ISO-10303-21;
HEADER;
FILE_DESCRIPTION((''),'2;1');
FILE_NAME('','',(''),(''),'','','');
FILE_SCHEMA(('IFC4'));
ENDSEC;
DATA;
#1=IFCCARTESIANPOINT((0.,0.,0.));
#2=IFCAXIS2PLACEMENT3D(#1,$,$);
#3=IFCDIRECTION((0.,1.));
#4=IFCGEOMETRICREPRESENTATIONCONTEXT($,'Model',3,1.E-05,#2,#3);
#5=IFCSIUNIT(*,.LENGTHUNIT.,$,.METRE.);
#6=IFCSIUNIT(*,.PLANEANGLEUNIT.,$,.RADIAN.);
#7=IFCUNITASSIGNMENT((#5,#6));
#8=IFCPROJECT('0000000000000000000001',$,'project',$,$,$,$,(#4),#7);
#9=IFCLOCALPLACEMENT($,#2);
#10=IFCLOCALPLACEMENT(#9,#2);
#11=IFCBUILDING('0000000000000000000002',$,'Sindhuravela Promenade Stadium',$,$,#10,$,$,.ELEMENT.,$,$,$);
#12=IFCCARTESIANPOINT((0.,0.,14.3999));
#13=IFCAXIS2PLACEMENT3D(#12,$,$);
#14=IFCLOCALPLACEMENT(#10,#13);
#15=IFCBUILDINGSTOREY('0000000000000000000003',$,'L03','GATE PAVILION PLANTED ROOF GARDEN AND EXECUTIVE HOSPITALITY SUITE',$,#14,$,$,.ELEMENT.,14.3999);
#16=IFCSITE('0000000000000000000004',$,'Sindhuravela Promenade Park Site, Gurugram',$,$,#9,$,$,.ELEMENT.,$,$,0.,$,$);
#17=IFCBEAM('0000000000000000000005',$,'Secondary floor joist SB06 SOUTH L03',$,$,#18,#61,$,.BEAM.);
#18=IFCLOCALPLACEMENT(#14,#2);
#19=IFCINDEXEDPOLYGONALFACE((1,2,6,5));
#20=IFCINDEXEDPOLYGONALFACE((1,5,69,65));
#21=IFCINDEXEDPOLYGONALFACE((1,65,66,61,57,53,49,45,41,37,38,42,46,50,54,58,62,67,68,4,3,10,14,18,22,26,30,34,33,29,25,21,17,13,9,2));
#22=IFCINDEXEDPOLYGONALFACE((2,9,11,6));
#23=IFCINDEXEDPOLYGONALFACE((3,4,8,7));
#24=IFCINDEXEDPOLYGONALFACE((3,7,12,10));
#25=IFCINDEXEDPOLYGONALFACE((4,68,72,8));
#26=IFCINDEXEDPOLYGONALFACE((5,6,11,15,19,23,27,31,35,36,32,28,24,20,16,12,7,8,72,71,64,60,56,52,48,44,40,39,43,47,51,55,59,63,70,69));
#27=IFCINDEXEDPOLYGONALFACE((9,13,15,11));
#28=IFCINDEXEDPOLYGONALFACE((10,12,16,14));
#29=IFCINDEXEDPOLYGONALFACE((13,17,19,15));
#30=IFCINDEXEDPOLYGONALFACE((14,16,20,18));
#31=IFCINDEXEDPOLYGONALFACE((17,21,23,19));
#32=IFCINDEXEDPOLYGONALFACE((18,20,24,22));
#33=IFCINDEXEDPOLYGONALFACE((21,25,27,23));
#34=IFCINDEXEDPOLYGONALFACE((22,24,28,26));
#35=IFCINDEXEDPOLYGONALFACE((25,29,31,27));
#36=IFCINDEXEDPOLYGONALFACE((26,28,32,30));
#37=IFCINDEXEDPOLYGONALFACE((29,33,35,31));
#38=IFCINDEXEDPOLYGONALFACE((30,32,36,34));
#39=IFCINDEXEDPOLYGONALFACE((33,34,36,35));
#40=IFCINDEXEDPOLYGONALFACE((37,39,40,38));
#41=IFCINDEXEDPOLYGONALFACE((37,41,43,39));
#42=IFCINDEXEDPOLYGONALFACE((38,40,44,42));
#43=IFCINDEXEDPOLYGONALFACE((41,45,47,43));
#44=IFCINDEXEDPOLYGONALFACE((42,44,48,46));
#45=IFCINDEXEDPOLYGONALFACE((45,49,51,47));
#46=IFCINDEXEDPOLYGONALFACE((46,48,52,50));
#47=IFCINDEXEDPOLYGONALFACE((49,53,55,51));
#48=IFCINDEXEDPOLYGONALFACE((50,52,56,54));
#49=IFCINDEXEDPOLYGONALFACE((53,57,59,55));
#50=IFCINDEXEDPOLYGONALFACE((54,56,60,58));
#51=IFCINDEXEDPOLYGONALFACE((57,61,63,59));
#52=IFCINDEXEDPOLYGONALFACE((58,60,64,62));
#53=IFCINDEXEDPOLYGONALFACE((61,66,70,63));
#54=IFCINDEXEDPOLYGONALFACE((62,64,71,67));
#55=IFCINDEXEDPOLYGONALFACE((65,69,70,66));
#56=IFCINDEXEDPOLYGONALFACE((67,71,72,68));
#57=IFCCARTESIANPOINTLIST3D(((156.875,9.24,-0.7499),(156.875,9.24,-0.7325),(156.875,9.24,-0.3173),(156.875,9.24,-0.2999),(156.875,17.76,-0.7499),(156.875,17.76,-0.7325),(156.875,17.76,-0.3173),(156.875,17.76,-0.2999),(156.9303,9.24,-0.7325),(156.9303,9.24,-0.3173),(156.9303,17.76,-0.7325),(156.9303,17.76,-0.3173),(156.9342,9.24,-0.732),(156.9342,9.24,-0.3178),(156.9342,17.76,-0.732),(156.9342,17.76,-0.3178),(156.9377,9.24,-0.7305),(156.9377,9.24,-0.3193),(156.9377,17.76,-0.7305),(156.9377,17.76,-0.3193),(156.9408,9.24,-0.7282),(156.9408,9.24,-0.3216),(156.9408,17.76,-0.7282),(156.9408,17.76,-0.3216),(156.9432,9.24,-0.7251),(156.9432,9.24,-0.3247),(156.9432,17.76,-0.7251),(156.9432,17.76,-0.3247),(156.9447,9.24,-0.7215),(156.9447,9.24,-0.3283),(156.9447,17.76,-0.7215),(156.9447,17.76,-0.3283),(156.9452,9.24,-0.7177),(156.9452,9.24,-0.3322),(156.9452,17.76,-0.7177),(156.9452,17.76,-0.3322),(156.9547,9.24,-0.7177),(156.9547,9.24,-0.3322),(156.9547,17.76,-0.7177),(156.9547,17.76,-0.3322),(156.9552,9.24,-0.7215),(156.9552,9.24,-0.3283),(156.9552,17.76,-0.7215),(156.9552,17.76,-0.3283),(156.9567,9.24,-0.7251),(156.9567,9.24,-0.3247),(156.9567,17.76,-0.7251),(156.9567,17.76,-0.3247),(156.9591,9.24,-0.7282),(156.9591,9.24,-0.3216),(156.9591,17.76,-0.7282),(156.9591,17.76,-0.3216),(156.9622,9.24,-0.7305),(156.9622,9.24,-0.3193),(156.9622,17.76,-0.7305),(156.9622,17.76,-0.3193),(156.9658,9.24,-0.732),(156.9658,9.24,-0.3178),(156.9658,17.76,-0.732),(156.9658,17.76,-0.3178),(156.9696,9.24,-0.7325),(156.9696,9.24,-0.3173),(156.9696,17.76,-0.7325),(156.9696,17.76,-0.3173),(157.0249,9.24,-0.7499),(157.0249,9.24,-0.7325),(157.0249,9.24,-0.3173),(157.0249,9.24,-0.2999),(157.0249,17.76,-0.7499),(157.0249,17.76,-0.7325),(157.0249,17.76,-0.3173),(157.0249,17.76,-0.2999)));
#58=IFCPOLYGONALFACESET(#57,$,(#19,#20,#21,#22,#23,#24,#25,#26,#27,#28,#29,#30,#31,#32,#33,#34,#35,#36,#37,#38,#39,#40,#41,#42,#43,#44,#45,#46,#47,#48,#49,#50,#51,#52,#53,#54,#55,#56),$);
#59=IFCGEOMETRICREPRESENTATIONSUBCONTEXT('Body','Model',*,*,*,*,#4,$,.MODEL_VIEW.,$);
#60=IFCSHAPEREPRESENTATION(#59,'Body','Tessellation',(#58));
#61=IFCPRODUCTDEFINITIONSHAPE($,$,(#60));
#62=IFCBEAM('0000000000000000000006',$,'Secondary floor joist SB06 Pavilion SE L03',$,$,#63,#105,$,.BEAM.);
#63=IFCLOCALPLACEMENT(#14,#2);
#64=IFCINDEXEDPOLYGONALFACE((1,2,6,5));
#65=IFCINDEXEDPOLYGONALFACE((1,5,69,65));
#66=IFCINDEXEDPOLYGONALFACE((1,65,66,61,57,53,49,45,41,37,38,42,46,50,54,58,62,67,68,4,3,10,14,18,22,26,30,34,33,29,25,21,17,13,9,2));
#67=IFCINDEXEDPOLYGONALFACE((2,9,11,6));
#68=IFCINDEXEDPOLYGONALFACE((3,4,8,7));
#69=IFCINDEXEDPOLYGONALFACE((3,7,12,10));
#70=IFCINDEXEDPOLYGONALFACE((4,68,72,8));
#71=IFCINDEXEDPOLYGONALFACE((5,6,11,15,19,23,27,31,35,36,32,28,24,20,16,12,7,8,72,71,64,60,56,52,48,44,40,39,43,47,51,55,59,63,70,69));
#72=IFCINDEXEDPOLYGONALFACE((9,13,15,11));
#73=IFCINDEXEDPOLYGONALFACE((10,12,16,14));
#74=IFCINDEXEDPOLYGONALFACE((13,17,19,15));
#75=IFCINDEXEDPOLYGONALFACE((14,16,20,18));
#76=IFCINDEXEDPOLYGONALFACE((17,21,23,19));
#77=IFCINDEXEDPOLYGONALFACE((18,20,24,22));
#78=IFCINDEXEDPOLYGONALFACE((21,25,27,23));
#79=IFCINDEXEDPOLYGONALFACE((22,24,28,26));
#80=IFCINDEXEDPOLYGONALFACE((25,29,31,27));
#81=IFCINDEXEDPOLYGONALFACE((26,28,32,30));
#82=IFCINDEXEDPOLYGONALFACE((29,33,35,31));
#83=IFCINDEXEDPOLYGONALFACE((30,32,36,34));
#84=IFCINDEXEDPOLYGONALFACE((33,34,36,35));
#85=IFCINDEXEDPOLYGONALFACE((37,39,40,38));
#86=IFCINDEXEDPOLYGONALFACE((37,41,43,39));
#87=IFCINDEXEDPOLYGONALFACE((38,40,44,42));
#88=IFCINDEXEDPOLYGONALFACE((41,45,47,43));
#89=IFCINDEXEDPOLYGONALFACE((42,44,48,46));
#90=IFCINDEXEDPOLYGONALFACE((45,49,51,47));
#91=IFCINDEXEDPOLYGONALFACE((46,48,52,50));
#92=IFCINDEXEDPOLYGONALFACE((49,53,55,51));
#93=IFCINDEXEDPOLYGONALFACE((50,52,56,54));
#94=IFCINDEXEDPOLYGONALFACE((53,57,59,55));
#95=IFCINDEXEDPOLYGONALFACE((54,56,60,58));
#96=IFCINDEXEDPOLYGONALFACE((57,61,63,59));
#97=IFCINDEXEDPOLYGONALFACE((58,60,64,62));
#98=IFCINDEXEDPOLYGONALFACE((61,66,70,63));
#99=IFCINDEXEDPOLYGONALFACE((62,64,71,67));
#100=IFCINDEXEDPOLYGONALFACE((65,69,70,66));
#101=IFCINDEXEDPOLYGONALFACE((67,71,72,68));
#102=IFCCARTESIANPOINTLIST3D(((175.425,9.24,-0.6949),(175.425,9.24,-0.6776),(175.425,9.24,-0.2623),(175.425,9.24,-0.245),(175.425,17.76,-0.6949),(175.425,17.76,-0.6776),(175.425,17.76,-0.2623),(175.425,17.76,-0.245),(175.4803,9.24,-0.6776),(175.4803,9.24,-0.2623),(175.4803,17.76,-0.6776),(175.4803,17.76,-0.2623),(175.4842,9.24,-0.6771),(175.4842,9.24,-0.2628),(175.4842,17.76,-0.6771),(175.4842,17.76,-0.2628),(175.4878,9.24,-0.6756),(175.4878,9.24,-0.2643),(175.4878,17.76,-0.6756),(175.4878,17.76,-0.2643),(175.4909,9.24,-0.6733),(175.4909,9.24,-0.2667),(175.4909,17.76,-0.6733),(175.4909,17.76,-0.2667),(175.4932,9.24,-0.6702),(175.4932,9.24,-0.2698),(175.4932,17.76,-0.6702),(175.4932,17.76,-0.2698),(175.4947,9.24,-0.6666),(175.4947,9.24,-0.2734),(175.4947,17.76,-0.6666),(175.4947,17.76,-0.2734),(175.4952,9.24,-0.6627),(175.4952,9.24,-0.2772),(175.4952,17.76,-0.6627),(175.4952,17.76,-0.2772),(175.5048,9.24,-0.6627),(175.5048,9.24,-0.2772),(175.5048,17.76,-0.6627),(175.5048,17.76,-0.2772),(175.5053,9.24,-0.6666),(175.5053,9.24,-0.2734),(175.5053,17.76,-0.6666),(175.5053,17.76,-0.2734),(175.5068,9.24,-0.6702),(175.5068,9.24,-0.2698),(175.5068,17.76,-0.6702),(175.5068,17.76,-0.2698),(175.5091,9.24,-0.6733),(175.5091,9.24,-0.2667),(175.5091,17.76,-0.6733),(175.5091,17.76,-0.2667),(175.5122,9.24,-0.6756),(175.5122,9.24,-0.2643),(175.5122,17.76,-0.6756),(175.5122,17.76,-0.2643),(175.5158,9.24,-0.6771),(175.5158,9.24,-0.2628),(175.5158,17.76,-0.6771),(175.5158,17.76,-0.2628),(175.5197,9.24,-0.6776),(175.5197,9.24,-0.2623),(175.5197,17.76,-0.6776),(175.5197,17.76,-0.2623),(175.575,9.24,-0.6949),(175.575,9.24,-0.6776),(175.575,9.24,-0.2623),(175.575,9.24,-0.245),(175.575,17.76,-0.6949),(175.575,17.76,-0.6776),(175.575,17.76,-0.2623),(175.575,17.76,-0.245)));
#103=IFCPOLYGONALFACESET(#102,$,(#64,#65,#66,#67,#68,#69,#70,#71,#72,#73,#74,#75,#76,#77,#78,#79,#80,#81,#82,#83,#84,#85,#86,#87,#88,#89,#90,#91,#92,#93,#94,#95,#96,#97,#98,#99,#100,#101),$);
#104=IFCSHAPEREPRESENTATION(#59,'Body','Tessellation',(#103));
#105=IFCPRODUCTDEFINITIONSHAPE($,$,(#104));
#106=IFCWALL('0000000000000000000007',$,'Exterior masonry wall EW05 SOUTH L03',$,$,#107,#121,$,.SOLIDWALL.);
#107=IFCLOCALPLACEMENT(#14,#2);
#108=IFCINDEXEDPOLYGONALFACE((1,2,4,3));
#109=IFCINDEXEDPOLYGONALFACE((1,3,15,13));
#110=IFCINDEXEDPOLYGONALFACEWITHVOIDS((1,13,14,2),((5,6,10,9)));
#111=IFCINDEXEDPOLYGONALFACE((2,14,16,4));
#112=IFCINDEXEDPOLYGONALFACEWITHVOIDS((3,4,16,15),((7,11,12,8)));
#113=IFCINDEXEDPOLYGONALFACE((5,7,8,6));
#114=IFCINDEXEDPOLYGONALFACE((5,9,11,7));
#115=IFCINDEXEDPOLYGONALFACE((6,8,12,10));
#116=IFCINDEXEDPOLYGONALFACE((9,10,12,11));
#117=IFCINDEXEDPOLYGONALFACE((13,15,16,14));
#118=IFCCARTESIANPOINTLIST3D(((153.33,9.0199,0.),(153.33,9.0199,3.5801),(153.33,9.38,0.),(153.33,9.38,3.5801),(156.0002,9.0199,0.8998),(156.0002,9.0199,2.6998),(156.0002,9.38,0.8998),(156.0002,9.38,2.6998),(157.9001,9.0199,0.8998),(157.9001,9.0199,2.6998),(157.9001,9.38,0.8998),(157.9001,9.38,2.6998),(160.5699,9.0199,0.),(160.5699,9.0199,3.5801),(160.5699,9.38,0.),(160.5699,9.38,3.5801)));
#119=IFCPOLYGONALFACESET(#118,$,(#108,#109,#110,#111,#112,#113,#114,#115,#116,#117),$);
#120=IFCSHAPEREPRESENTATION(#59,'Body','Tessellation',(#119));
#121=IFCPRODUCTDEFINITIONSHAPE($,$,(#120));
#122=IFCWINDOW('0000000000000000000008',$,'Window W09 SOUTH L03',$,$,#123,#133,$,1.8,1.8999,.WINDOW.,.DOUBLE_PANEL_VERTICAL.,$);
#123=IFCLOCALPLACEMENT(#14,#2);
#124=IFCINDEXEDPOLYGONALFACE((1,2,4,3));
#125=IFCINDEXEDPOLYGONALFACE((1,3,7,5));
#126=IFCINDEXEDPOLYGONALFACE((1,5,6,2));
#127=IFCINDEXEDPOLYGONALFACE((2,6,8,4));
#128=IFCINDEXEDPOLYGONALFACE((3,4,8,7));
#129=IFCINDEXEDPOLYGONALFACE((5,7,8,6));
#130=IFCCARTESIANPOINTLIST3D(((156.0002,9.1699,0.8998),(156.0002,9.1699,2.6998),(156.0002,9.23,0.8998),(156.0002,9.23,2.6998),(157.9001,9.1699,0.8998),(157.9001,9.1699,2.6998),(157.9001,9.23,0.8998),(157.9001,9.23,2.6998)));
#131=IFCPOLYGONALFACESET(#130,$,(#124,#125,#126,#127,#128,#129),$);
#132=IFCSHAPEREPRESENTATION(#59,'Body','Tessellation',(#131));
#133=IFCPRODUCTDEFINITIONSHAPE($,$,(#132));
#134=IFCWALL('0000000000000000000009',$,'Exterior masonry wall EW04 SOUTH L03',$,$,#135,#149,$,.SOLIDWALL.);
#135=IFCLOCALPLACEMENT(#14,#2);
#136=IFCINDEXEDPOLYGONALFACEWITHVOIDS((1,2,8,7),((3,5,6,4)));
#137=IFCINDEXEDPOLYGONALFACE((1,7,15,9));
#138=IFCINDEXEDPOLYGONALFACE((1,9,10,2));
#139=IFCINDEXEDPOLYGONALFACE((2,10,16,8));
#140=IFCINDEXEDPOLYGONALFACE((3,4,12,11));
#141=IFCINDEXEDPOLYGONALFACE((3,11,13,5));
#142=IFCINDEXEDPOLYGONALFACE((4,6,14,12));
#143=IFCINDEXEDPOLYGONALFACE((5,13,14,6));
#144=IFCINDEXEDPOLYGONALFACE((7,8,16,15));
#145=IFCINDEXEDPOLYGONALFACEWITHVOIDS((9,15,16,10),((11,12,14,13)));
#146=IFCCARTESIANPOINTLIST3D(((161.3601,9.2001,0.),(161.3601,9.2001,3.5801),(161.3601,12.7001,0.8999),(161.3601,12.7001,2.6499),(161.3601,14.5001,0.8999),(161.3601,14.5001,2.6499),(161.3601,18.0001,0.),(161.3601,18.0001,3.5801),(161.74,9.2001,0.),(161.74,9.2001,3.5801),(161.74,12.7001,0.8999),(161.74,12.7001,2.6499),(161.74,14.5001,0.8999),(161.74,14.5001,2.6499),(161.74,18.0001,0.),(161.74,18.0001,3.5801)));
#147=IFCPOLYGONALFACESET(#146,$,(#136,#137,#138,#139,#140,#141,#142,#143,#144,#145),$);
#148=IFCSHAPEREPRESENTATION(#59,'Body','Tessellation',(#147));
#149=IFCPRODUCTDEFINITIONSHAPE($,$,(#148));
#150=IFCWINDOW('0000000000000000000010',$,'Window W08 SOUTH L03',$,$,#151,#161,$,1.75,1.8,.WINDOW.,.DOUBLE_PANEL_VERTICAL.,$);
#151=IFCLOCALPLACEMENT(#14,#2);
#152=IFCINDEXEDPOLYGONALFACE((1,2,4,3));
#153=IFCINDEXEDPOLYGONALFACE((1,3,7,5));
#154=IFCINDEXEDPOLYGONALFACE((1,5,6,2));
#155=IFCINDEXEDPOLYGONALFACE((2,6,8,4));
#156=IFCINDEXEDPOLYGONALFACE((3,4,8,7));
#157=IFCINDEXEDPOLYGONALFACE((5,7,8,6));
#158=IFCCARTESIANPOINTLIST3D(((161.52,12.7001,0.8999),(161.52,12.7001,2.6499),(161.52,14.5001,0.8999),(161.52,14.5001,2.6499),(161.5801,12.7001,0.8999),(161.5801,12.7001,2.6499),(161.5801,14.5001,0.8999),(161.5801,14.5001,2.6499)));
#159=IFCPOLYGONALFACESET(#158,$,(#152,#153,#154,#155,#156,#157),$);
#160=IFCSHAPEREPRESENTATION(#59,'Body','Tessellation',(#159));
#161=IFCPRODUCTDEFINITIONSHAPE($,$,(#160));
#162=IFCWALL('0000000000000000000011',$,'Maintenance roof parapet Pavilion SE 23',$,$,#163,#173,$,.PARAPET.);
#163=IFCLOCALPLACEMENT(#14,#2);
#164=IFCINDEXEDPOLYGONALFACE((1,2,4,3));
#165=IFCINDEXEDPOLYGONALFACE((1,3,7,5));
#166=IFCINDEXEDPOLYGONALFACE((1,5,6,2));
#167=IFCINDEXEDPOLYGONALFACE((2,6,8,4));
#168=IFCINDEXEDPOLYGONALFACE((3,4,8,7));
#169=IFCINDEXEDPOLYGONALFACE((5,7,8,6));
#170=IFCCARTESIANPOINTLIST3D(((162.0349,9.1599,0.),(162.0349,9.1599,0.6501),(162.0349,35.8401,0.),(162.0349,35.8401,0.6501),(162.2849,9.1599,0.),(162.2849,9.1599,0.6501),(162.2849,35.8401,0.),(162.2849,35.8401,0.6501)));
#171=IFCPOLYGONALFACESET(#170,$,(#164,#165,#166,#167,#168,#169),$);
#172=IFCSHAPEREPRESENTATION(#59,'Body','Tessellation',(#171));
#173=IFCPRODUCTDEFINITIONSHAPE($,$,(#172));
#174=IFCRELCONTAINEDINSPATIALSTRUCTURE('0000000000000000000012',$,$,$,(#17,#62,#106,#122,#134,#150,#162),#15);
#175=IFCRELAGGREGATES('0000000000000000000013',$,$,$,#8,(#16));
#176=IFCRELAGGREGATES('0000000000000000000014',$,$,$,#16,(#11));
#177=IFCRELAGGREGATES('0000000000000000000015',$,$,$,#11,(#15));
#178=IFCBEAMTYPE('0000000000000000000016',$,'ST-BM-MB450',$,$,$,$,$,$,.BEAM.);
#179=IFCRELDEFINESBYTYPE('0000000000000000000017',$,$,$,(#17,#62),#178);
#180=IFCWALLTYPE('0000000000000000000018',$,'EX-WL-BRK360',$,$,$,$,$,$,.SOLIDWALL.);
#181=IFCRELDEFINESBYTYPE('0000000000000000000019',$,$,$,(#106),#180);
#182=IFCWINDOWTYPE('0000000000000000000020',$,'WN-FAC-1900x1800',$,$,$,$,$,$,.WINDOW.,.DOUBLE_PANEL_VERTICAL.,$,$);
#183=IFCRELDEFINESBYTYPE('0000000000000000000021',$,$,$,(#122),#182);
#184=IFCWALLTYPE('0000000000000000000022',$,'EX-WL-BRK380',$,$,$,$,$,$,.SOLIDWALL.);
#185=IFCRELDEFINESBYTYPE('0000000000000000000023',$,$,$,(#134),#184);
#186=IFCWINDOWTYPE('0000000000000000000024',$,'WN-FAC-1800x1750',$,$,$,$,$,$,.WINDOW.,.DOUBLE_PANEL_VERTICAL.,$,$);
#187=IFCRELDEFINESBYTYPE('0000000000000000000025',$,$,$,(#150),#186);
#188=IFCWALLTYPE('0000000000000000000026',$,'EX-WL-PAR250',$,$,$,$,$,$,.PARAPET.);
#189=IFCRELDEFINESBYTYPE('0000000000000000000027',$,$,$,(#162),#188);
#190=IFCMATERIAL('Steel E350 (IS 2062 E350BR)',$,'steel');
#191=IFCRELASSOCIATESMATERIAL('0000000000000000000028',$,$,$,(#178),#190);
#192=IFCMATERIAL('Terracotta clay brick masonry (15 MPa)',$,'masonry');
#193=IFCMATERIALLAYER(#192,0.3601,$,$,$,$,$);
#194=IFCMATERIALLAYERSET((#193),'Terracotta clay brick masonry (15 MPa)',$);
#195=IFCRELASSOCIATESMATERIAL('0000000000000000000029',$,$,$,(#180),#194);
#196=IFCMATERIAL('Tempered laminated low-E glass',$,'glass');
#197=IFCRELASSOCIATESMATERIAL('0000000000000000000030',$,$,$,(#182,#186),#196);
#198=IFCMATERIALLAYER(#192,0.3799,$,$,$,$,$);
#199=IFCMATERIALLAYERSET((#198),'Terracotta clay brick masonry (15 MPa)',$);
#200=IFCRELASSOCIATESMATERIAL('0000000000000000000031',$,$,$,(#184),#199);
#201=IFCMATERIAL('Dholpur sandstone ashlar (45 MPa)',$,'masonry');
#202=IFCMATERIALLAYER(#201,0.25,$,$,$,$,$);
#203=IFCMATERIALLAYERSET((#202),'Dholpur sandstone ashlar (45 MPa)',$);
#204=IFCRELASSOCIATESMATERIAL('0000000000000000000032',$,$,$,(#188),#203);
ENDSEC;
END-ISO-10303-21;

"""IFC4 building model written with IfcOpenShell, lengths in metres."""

from ifc_helpers import new_model, si_unit, direction, frame, frame_2d, origin, origin_2d, place, context, subcontext, project, spatial, rectangle, i_section, extrude, material, layer, layer_set, material_profile, profile_set, type_object, element, fill, save


model = new_model("IFC4")

# Units and contexts
model_context = context("Model", 3, precision=1e-05, world=origin(), true_north=direction((0.0, 1.0)))
body_context = subcontext(model_context, "Body", "Model", "MODEL_VIEW")
ifc_project = project(units=[si_unit("LENGTHUNIT", "METRE"), si_unit("PLANEANGLEUNIT", "RADIAN")], contexts=[model_context])

# Site, building, storey
site_placement = place(None, origin())
site = spatial("IfcSite", under=ifc_project, at=site_placement, Name="Sindhuravela Promenade Park Site, Gurugram", CompositionType="ELEMENT", RefElevation=0.0)
building_placement = place(site_placement, origin())
building = spatial("IfcBuilding", under=site, at=building_placement, Name="Sindhuravela Promenade Stadium", CompositionType="ELEMENT")
storey_placement = place(building_placement, frame((0.0, 0.0, 14.3999)))
storey = spatial("IfcBuildingStorey", under=building, at=storey_placement, Name="L03", Description="GATE PAVILION PLANTED ROOF GARDEN AND EXECUTIVE HOSPITALITY SUITE", CompositionType="ELEMENT", Elevation=14.3999)

# Beams
ifc_material_1 = material(Name="Steel E350 (IS 2062 E350BR)", Category="steel")
ifc_material_profile_1 = material_profile(ifc_material_1, i_section(OverallWidth=0.1499, OverallDepth=0.45, WebThickness=0.0095, FlangeThickness=0.0173, FilletRadius=0.0149, at=origin_2d()), Name="ISMB 450")
ifc_profile_set_1 = profile_set([ifc_material_profile_1], Name="Steel E350 (IS 2062 E350BR)")
beam_type_1 = type_object("IfcBeamType", Name="ST-BM-MB450", PredefinedType="BEAM", material=ifc_profile_set_1)
for number, where, z_axis, x_axis, name in (
    (1, (156.95, 9.24, -0.5249), (0.0, 1.0, 0.0), (-1.0, 0.0, 0.0), "Secondary floor joist SB06 SOUTH L03"),
    (2, (175.5, 9.24, -0.47), (0.0, 1.0, 0.0), (-1.0, 0.0, 0.0), "Secondary floor joist SB06 Pavilion SE L03"),
):
    element("IfcBeam", number, at=place(storey_placement, frame(where, z_axis=z_axis, x_axis=x_axis)), inside=storey, type_object=beam_type_1, Name=name, PredefinedType="BEAM", context=body_context, shape_type="SweptSolid", body=[
        extrude(i_section(OverallWidth=0.1499, OverallDepth=0.45, WebThickness=0.0095, FlangeThickness=0.0173, FilletRadius=0.0149, at=origin_2d()), origin(), (0.0, 0.0, 1.0), 8.52),
    ])

# Walls, openings, windows
ifc_material_2 = material(Name="Terracotta clay brick masonry (15 MPa)", Category="masonry")
ifc_layer_1 = layer(ifc_material_2, 0.3601)
ifc_layer_set_1 = layer_set([ifc_layer_1], Name="Terracotta clay brick masonry (15 MPa)")
wall_type_1 = type_object("IfcWallType", Name="EX-WL-BRK360", PredefinedType="SOLIDWALL", material=ifc_layer_set_1)
wall_1_placement = place(storey_placement, frame((160.5701, 9.2, 0.0), z_axis=(0.0, 0.0, 1.0), x_axis=(-1.0, 0.0, 0.0)))
wall_1 = element("IfcWall", 3, at=wall_1_placement, inside=storey, type_object=wall_type_1, Name="Exterior masonry wall EW05 SOUTH L03", PredefinedType="SOLIDWALL", context=body_context, shape_type="SweptSolid", body=[
    extrude(rectangle(XDim=7.24, YDim=0.3601, at=frame_2d((3.6201, 0.0))), origin(), (0.0, 0.0, 1.0), 3.5801),
])
opening_1_placement = place(wall_1_placement, frame((2.6699, 0.0, 0.8999)))
opening_1 = element("IfcOpeningElement", 4, at=opening_1_placement, cuts=wall_1, PredefinedType="OPENING", context=body_context, shape_type="SweptSolid", body=[
    extrude(rectangle(XDim=1.8999, YDim=1.8, at=frame_2d((0.95, 0.8999))), frame((0.0, 0.1899, 0.0), z_axis=(0.0, -1.0, 0.0), x_axis=(1.0, 0.0, 0.0)), (0.0, 0.0, 1.0), 0.3801),
])
ifc_material_3 = material(Name="Tempered laminated low-E glass", Category="glass")
window_type_1 = type_object("IfcWindowType", Name="WN-FAC-1900x1800", PartitioningType="DOUBLE_PANEL_VERTICAL", PredefinedType="WINDOW", material=ifc_material_3)
window_1_placement = place(opening_1_placement, origin())
window_1 = element("IfcWindow", 5, at=window_1_placement, inside=storey, type_object=window_type_1, Name="Window W09 SOUTH L03", OverallHeight=1.8, OverallWidth=1.8999, PartitioningType="DOUBLE_PANEL_VERTICAL", PredefinedType="WINDOW", context=body_context, shape_type="SweptSolid", body=[
    extrude(rectangle(XDim=1.8999, YDim=1.8, at=frame_2d((0.95, 0.8999))), frame((0.0, 0.03, 0.0), z_axis=(0.0, -1.0, 0.0), x_axis=(1.0, 0.0, 0.0)), (0.0, 0.0, 1.0), 0.0601),
])
fill(opening_1, window_1)
ifc_layer_2 = layer(ifc_material_2, 0.3799)
ifc_layer_set_2 = layer_set([ifc_layer_2], Name="Terracotta clay brick masonry (15 MPa)")
wall_type_2 = type_object("IfcWallType", Name="EX-WL-BRK380", PredefinedType="SOLIDWALL", material=ifc_layer_set_2)
wall_2_placement = place(storey_placement, frame((161.55, 18.0, 0.0), z_axis=(0.0, 0.0, 1.0), x_axis=(0.0, -1.0, 0.0)))
wall_2 = element("IfcWall", 6, at=wall_2_placement, inside=storey, type_object=wall_type_2, Name="Exterior masonry wall EW04 SOUTH L03", PredefinedType="SOLIDWALL", context=body_context, shape_type="SweptSolid", body=[
    extrude(rectangle(XDim=8.8, YDim=0.3799, at=frame_2d((4.3999, 0.0))), origin(), (0.0, 0.0, 1.0), 3.5801),
])
opening_2_placement = place(wall_2_placement, frame((3.5, 0.0, 0.8999)))
opening_2 = element("IfcOpeningElement", 7, at=opening_2_placement, cuts=wall_2, PredefinedType="OPENING", context=body_context, shape_type="SweptSolid", body=[
    extrude(rectangle(XDim=1.8, YDim=1.75, at=frame_2d((0.8999, 0.875))), frame((0.0, 0.2, 0.0), z_axis=(0.0, -1.0, 0.0), x_axis=(1.0, 0.0, 0.0)), (0.0, 0.0, 1.0), 0.3999),
])
window_type_2 = type_object("IfcWindowType", Name="WN-FAC-1800x1750", PartitioningType="DOUBLE_PANEL_VERTICAL", PredefinedType="WINDOW", material=ifc_material_3)
window_2_placement = place(opening_2_placement, origin())
window_2 = element("IfcWindow", 8, at=window_2_placement, inside=storey, type_object=window_type_2, Name="Window W08 SOUTH L03", OverallHeight=1.75, OverallWidth=1.8, PartitioningType="DOUBLE_PANEL_VERTICAL", PredefinedType="WINDOW", context=body_context, shape_type="SweptSolid", body=[
    extrude(rectangle(XDim=1.8, YDim=1.75, at=frame_2d((0.8999, 0.875))), frame((0.0, 0.03, 0.0), z_axis=(0.0, -1.0, 0.0), x_axis=(1.0, 0.0, 0.0)), (0.0, 0.0, 1.0), 0.0601),
])
fill(opening_2, window_2)

# Wall
ifc_material_4 = material(Name="Dholpur sandstone ashlar (45 MPa)", Category="masonry")
ifc_layer_3 = layer(ifc_material_4, 0.25)
ifc_layer_set_3 = layer_set([ifc_layer_3], Name="Dholpur sandstone ashlar (45 MPa)")
wall_type_3 = type_object("IfcWallType", Name="EX-WL-PAR250", PredefinedType="PARAPET", material=ifc_layer_set_3)
wall_3_placement = place(storey_placement, frame((162.1599, 9.1599, 0.0), z_axis=(0.0, 0.0, 1.0), x_axis=(0.0, 1.0, 0.0)))
element("IfcWall", 9, at=wall_3_placement, inside=storey, type_object=wall_type_3, Name="Maintenance roof parapet Pavilion SE 23", PredefinedType="PARAPET", context=body_context, shape_type="SweptSolid", body=[
    extrude(rectangle(XDim=26.6802, YDim=0.25, at=frame_2d((13.3401, 0.0))), origin(), (0.0, 0.0, 1.0), 0.6501),
])

save(model, "model.ifc")
